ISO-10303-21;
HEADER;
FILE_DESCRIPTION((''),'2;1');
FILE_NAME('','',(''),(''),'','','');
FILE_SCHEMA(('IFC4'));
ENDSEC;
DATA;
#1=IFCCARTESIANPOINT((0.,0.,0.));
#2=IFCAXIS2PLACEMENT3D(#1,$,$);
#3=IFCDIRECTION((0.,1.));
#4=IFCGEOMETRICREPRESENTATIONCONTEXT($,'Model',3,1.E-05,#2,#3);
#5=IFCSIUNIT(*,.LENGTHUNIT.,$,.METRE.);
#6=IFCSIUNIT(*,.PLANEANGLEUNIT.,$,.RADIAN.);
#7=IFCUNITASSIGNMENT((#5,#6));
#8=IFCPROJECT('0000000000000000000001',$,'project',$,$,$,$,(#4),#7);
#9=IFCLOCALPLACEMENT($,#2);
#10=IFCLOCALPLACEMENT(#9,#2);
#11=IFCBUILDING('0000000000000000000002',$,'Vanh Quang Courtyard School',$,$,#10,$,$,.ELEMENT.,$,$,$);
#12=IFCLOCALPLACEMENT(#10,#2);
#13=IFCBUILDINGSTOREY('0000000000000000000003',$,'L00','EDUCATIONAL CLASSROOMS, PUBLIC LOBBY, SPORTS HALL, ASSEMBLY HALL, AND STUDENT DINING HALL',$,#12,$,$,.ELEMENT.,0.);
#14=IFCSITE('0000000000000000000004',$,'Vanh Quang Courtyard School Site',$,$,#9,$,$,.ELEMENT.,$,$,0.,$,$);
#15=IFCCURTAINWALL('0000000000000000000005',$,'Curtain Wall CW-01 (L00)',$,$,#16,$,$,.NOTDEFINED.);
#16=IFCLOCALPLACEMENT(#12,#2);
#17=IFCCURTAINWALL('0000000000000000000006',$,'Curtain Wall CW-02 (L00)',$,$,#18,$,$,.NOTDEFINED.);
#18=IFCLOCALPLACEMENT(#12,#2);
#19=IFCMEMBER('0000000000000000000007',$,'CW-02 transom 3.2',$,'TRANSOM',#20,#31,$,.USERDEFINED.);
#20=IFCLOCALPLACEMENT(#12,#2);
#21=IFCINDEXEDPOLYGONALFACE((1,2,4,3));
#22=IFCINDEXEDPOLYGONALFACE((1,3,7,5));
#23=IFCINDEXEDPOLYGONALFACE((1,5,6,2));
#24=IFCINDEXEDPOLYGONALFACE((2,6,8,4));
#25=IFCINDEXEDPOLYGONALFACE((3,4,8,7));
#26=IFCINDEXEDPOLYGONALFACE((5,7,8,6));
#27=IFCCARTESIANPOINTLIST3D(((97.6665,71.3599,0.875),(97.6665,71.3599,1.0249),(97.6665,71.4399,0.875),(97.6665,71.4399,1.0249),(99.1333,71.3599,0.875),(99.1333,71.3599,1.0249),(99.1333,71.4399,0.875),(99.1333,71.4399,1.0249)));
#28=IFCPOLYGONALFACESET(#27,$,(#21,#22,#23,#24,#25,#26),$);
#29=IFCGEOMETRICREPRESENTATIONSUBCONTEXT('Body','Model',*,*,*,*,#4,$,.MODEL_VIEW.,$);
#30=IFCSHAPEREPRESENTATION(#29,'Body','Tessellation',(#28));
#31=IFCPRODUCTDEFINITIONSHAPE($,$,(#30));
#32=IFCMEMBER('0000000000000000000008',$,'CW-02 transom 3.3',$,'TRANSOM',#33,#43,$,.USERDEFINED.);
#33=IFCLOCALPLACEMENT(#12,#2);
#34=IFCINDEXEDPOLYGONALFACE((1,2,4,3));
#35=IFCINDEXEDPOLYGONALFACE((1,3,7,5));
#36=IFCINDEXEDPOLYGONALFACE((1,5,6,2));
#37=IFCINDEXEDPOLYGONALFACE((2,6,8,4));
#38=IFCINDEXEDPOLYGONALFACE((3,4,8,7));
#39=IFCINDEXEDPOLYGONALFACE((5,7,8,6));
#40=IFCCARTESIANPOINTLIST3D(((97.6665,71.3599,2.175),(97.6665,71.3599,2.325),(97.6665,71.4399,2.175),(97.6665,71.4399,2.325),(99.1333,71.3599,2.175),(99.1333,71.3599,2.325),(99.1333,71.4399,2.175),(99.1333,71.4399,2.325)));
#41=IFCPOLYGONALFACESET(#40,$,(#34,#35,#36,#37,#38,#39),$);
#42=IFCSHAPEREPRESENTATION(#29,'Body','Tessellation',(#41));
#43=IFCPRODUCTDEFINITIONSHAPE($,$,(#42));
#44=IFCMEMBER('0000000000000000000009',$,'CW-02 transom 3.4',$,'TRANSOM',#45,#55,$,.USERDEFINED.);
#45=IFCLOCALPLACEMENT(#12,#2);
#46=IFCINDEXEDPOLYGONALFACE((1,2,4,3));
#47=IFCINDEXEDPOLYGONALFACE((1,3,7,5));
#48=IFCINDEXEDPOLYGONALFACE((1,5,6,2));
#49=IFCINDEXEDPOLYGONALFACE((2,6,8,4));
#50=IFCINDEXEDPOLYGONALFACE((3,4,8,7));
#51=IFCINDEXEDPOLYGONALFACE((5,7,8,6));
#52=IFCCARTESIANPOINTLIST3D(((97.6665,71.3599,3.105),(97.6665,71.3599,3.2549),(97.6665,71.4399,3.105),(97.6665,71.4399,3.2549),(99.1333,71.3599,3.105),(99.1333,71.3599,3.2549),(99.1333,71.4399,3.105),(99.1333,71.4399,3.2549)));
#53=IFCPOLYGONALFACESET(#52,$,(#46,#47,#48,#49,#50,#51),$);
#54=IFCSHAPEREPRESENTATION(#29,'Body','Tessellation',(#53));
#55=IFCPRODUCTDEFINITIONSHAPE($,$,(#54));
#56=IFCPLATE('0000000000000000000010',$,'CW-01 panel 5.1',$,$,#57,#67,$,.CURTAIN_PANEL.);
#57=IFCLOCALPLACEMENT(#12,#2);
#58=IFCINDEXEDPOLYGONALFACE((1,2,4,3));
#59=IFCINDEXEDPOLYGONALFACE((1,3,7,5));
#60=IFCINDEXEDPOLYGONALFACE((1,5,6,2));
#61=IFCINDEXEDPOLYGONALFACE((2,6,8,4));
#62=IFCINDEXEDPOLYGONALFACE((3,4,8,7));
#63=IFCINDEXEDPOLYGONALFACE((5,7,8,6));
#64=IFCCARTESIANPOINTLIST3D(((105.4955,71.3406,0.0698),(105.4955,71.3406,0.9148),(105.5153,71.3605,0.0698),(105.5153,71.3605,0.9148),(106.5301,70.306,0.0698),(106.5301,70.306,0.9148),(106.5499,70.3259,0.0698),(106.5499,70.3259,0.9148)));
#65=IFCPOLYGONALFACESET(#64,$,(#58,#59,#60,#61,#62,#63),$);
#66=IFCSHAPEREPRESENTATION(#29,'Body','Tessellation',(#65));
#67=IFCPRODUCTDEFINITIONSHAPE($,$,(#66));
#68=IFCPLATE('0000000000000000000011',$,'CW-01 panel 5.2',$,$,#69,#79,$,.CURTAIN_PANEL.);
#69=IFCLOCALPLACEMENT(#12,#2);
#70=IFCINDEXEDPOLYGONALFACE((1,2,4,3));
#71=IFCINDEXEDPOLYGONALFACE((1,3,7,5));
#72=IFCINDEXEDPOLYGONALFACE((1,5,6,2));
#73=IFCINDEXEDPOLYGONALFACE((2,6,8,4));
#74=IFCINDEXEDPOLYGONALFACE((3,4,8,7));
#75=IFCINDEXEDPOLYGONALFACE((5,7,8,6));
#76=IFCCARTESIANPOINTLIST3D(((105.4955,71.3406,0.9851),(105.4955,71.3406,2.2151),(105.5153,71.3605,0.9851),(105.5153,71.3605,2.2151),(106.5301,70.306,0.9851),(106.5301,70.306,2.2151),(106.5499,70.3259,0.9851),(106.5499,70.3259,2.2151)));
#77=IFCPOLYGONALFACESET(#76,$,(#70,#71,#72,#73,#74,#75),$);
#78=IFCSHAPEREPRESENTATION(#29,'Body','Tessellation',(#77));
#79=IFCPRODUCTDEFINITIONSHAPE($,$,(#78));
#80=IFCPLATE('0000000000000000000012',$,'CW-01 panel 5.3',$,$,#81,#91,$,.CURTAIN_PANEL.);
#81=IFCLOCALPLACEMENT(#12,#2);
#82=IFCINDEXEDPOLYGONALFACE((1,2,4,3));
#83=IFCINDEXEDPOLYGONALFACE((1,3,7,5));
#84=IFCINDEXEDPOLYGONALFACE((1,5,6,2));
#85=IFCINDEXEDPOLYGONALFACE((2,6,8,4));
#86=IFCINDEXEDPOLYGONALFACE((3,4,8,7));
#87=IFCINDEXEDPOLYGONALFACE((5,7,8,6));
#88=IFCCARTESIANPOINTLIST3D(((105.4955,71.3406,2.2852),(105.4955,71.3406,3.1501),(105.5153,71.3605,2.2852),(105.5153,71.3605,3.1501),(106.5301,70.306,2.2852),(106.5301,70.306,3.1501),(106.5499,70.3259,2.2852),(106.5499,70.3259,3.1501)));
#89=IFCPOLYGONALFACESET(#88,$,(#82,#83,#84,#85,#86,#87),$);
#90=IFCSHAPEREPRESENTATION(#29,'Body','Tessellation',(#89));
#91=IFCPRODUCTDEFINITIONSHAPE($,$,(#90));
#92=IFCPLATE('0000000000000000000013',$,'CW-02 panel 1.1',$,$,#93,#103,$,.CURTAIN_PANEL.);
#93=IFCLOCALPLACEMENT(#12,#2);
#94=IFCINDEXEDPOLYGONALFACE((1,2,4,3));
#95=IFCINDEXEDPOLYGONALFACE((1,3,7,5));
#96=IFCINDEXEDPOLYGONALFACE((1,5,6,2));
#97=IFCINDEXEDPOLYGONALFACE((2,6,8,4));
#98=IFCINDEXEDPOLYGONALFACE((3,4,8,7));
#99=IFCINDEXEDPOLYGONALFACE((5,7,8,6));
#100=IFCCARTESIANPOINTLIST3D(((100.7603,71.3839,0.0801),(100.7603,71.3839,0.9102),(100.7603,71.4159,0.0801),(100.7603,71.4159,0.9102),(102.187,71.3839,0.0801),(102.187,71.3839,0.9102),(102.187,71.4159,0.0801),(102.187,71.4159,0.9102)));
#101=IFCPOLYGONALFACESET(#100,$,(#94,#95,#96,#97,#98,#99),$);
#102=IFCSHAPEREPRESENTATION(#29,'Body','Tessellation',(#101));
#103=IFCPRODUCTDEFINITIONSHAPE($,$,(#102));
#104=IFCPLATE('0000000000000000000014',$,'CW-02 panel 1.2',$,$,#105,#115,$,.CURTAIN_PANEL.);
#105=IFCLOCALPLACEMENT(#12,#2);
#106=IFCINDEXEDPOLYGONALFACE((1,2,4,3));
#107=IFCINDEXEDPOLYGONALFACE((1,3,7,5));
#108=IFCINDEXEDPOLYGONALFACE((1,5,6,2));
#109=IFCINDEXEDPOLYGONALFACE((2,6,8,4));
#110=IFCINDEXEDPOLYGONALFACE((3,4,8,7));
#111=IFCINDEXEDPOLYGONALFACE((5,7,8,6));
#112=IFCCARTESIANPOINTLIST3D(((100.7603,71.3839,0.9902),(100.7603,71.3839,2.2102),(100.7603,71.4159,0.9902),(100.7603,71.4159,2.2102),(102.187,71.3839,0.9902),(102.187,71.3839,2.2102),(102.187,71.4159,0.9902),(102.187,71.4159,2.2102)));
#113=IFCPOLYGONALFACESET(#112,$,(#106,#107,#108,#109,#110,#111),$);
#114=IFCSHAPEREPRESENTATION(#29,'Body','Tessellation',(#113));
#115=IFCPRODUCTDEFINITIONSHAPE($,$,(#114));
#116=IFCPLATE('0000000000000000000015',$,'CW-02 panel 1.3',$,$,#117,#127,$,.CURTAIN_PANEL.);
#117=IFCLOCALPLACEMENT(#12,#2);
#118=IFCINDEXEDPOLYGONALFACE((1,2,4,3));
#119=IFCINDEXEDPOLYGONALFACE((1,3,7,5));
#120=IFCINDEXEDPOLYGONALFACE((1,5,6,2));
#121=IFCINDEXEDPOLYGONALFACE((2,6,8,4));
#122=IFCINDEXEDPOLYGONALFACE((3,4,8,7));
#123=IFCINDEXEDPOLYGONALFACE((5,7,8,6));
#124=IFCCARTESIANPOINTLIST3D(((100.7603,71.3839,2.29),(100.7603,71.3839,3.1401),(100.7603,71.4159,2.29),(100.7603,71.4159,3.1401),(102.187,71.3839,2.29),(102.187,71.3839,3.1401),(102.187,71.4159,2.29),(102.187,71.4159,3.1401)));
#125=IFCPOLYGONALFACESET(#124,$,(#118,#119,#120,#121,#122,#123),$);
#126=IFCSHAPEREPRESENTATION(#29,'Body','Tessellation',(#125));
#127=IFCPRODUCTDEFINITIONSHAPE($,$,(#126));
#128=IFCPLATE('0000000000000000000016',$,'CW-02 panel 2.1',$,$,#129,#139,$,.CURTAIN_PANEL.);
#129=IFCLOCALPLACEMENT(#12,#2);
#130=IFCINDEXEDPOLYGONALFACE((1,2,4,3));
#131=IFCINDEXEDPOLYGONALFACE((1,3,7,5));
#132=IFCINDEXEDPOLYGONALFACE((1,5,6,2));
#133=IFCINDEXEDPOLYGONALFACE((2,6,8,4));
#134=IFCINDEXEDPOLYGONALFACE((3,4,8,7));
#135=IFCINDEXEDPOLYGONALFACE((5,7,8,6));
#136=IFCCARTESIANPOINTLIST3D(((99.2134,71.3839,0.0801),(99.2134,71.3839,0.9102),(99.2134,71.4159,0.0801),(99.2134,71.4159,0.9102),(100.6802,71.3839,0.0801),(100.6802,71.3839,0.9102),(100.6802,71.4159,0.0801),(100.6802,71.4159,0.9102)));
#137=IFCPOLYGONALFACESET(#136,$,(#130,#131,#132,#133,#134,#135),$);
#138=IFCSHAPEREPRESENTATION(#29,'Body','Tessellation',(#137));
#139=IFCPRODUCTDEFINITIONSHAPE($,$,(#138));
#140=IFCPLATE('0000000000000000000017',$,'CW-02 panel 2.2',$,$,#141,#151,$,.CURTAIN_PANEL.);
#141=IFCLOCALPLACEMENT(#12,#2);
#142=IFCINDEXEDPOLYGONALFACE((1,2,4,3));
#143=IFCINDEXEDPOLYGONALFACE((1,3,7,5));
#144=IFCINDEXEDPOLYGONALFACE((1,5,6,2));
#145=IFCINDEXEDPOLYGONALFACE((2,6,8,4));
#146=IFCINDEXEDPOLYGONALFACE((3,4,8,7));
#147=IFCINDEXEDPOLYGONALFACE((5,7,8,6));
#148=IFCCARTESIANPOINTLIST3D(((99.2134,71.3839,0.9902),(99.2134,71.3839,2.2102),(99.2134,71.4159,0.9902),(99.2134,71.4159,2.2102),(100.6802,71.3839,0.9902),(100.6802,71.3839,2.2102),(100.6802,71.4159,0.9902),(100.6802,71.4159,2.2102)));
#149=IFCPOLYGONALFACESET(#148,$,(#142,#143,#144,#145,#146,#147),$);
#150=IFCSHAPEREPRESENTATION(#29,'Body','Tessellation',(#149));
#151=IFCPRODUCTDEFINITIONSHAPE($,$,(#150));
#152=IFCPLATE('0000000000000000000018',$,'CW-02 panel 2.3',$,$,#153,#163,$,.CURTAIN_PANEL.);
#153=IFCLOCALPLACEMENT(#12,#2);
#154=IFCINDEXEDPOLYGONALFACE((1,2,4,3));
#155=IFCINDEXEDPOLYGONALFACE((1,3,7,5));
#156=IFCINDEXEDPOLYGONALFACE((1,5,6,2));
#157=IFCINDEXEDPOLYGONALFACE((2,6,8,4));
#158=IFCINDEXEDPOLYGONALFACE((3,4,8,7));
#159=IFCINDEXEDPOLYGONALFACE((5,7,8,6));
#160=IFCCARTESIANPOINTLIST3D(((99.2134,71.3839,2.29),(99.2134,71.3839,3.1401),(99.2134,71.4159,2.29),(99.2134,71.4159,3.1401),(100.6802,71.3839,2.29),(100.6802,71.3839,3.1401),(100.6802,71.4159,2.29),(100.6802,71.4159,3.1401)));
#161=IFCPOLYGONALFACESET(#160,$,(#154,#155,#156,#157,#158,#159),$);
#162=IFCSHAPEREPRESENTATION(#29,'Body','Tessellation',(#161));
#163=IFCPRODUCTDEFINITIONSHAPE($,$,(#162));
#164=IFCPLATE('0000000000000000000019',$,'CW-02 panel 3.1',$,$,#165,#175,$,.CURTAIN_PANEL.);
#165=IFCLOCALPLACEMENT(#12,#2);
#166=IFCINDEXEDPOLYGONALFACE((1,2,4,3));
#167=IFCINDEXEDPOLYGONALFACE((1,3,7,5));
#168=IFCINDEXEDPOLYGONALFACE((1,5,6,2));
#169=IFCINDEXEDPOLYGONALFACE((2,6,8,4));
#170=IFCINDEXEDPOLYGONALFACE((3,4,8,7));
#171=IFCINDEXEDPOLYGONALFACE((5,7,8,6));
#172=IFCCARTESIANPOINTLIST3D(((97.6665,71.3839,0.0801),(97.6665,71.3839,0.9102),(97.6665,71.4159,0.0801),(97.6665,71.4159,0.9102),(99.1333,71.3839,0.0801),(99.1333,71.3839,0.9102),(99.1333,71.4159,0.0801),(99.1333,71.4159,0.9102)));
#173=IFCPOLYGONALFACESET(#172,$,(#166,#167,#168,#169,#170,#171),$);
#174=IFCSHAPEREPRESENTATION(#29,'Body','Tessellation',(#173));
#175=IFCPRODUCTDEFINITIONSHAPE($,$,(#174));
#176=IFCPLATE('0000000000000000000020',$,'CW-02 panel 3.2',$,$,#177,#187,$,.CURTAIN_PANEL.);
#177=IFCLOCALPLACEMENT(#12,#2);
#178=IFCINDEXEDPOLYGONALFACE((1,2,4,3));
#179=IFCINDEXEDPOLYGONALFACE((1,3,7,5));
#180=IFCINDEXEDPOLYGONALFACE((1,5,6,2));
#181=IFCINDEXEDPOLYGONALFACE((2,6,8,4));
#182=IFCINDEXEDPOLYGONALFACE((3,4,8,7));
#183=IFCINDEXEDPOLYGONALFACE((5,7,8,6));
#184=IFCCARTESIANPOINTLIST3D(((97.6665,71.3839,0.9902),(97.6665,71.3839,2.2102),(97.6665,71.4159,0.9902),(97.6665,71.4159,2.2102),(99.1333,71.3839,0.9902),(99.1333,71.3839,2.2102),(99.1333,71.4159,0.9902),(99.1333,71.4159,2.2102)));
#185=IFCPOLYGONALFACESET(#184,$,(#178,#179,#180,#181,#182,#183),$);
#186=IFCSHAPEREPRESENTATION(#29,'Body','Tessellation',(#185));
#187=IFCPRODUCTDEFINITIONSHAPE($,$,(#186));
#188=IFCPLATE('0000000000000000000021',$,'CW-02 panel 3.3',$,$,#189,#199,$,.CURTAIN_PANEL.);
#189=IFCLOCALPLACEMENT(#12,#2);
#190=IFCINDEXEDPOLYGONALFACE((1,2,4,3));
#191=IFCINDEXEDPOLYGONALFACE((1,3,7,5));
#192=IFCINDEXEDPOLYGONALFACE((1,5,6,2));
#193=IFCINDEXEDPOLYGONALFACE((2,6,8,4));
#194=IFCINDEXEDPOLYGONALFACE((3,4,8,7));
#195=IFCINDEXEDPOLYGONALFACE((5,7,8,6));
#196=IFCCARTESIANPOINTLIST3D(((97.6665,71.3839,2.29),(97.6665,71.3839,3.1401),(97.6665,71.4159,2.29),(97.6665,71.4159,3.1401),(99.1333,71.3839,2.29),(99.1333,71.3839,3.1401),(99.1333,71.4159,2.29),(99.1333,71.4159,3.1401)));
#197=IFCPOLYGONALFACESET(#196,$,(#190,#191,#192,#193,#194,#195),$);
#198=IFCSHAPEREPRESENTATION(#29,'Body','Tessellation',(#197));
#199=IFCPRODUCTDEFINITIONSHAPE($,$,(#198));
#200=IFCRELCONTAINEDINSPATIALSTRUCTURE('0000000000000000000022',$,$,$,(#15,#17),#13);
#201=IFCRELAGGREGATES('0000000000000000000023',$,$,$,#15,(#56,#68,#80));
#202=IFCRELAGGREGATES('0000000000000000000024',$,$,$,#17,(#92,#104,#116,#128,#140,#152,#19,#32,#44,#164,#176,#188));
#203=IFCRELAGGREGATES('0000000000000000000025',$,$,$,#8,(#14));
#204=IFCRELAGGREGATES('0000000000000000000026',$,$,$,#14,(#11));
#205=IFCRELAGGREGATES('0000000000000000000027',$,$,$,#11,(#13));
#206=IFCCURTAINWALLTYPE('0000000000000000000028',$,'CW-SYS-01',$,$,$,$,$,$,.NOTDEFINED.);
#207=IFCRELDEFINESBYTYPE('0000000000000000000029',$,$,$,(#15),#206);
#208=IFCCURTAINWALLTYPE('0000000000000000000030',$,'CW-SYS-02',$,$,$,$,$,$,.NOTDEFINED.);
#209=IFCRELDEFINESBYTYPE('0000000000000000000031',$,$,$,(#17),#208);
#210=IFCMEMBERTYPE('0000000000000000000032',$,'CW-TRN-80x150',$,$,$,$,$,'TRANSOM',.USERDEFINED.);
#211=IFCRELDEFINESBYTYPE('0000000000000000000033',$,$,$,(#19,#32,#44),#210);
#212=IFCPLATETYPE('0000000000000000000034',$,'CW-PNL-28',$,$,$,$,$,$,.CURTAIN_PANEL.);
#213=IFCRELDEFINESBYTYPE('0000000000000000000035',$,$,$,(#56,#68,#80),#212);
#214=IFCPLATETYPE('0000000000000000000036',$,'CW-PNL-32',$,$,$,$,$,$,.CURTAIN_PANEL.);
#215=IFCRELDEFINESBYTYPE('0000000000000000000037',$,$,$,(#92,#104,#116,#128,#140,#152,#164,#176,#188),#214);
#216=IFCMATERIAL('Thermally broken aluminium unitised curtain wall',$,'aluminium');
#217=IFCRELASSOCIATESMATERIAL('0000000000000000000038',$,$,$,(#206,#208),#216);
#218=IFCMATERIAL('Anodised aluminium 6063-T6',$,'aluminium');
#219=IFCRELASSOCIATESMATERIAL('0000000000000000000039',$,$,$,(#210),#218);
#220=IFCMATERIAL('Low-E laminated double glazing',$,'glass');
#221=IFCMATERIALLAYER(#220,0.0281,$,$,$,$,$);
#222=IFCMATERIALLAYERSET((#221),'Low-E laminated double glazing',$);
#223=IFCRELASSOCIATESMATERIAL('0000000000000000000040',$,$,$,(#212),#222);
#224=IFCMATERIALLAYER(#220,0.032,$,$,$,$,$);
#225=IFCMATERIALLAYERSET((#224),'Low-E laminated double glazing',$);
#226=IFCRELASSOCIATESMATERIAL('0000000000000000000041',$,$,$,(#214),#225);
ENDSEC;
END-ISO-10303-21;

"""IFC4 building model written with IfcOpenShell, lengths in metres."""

from ifc_helpers import new_model, si_unit, direction, frame, origin, origin_2d, place, context, subcontext, project, spatial, rectangle, extrude, material, layer, layer_set, material_profile, profile_set, type_object, element, aggregate, save


model = new_model("IFC4")

# Units and contexts
model_context = context("Model", 3, precision=1e-05, world=origin(), true_north=direction((0.0, 1.0)))
body_context = subcontext(model_context, "Body", "Model", "MODEL_VIEW")
ifc_project = project(units=[si_unit("LENGTHUNIT", "METRE"), si_unit("PLANEANGLEUNIT", "RADIAN")], contexts=[model_context])

# Site, building, storey
site_placement = place(None, origin())
site = spatial("IfcSite", under=ifc_project, at=site_placement, Name="Vanh Quang Courtyard School Site", CompositionType="ELEMENT", RefElevation=0.0)
building_placement = place(site_placement, origin())
building = spatial("IfcBuilding", under=site, at=building_placement, Name="Vanh Quang Courtyard School", CompositionType="ELEMENT")
storey_placement = place(building_placement, origin())
storey = spatial("IfcBuildingStorey", under=building, at=storey_placement, Name="L00", Description="EDUCATIONAL CLASSROOMS, PUBLIC LOBBY, SPORTS HALL, ASSEMBLY HALL, AND STUDENT DINING HALL", CompositionType="ELEMENT", Elevation=0.0)

# Curtain wall
ifc_material_1 = material(Name="Thermally broken aluminium unitised curtain wall", Category="aluminium")
curtain_wall_type_1 = type_object("IfcCurtainWallType", Name="CW-SYS-01", PredefinedType="NOTDEFINED", material=ifc_material_1)
curtain_wall_1_placement = place(storey_placement, origin())
curtain_wall_1 = element("IfcCurtainWall", 1, at=curtain_wall_1_placement, inside=storey, type_object=curtain_wall_type_1, Name="Curtain Wall CW-01 (L00)", PredefinedType="NOTDEFINED")
ifc_material_2 = material(Name="Anodised aluminium 6063-T6", Category="aluminium")

# Curtain wall
curtain_wall_type_2 = type_object("IfcCurtainWallType", Name="CW-SYS-02", PredefinedType="NOTDEFINED", material=ifc_material_1)
curtain_wall_2_placement = place(storey_placement, origin())
curtain_wall_2 = element("IfcCurtainWall", 2, at=curtain_wall_2_placement, inside=storey, type_object=curtain_wall_type_2, Name="Curtain Wall CW-02 (L00)", PredefinedType="NOTDEFINED")

# Members
ifc_material_profile_1 = material_profile(ifc_material_2, rectangle(XDim=0.0801, YDim=0.1499, at=origin_2d()), Name="ALU-TRN 80x150")
ifc_profile_set_1 = profile_set([ifc_material_profile_1], Name="Anodised aluminium 6063-T6")
member_type_1 = type_object("IfcMemberType", Name="CW-TRN-80x150", ElementType="TRANSOM", PredefinedType="USERDEFINED", material=ifc_profile_set_1)
member_1_placement = place(storey_placement, frame((99.1333, 71.3999, 0.95), z_axis=(-1.0, 0.0, 0.0), x_axis=(0.0, -1.0, 0.0)))
member_1 = element("IfcMember", 3, at=member_1_placement, type_object=member_type_1, Name="CW-02 transom 3.2", ObjectType="TRANSOM", PredefinedType="USERDEFINED", context=body_context, shape_type="SweptSolid", body=[
    extrude(rectangle(XDim=0.0801, YDim=0.1499, at=origin_2d()), origin(), (0.0, 0.0, 1.0), 1.4668),
])
member_2_placement = place(storey_placement, frame((99.1333, 71.3999, 2.25), z_axis=(-1.0, 0.0, 0.0), x_axis=(0.0, -1.0, 0.0)))
member_2 = element("IfcMember", 4, at=member_2_placement, type_object=member_type_1, Name="CW-02 transom 3.3", ObjectType="TRANSOM", PredefinedType="USERDEFINED", context=body_context, shape_type="SweptSolid", body=[
    extrude(rectangle(XDim=0.0801, YDim=0.1499, at=origin_2d()), origin(), (0.0, 0.0, 1.0), 1.4668),
])
member_3_placement = place(storey_placement, frame((99.1333, 71.3999, 3.1799), z_axis=(-1.0, 0.0, 0.0), x_axis=(0.0, -1.0, 0.0)))
member_3 = element("IfcMember", 5, at=member_3_placement, type_object=member_type_1, Name="CW-02 transom 3.4", ObjectType="TRANSOM", PredefinedType="USERDEFINED", context=body_context, shape_type="SweptSolid", body=[
    extrude(rectangle(XDim=0.0801, YDim=0.1499, at=origin_2d()), origin(), (0.0, 0.0, 1.0), 1.4668),
])

# Plates
ifc_material_3 = material(Name="Low-E laminated double glazing", Category="glass")
ifc_layer_1 = layer(ifc_material_3, 0.0281)
ifc_layer_set_1 = layer_set([ifc_layer_1], Name="Low-E laminated double glazing")
plate_type_1 = type_object("IfcPlateType", Name="CW-PNL-28", PredefinedType="CURTAIN_PANEL", material=ifc_layer_set_1)
plate_1_placement = place(storey_placement, frame((106.0227, 70.8333, 0.0698), z_axis=(0.0, 0.0, 1.0), x_axis=(-0.707107, 0.707107, 0.0)))
plate_1 = element("IfcPlate", 6, at=plate_1_placement, type_object=plate_type_1, Name="CW-01 panel 5.1", PredefinedType="CURTAIN_PANEL", context=body_context, shape_type="SweptSolid", body=[
    extrude(rectangle(XDim=1.4631, YDim=0.0281, at=origin_2d()), origin(), (0.0, 0.0, 1.0), 0.845),
])
plate_2_placement = place(storey_placement, frame((106.0227, 70.8333, 0.9851), z_axis=(0.0, 0.0, 1.0), x_axis=(-0.707107, 0.707107, 0.0)))
plate_2 = element("IfcPlate", 7, at=plate_2_placement, type_object=plate_type_1, Name="CW-01 panel 5.2", PredefinedType="CURTAIN_PANEL", context=body_context, shape_type="SweptSolid", body=[
    extrude(rectangle(XDim=1.4631, YDim=0.0281, at=origin_2d()), origin(), (0.0, 0.0, 1.0), 1.23),
])
plate_3_placement = place(storey_placement, frame((106.0227, 70.8333, 2.2852), z_axis=(0.0, 0.0, 1.0), x_axis=(-0.707107, 0.707107, 0.0)))
plate_3 = element("IfcPlate", 8, at=plate_3_placement, type_object=plate_type_1, Name="CW-01 panel 5.3", PredefinedType="CURTAIN_PANEL", context=body_context, shape_type="SweptSolid", body=[
    extrude(rectangle(XDim=1.4631, YDim=0.0281, at=origin_2d()), origin(), (0.0, 0.0, 1.0), 0.865),
])
aggregate(curtain_wall_1, [plate_1, plate_2, plate_3])
ifc_layer_2 = layer(ifc_material_3, 0.032)
ifc_layer_set_2 = layer_set([ifc_layer_2], Name="Low-E laminated double glazing")
plate_type_2 = type_object("IfcPlateType", Name="CW-PNL-32", PredefinedType="CURTAIN_PANEL", material=ifc_layer_set_2)
plate_4_placement = place(storey_placement, frame((101.4736, 71.3999, 0.0801), z_axis=(0.0, 0.0, 1.0), x_axis=(-1.0, 0.0, 0.0)))
plate_4 = element("IfcPlate", 9, at=plate_4_placement, type_object=plate_type_2, Name="CW-02 panel 1.1", PredefinedType="CURTAIN_PANEL", context=body_context, shape_type="SweptSolid", body=[
    extrude(rectangle(XDim=1.4268, YDim=0.032, at=origin_2d()), origin(), (0.0, 0.0, 1.0), 0.8301),
])
plate_5_placement = place(storey_placement, frame((101.4736, 71.3999, 0.9902), z_axis=(0.0, 0.0, 1.0), x_axis=(-1.0, 0.0, 0.0)))
plate_5 = element("IfcPlate", 10, at=plate_5_placement, type_object=plate_type_2, Name="CW-02 panel 1.2", PredefinedType="CURTAIN_PANEL", context=body_context, shape_type="SweptSolid", body=[
    extrude(rectangle(XDim=1.4268, YDim=0.032, at=origin_2d()), origin(), (0.0, 0.0, 1.0), 1.22),
])
plate_6_placement = place(storey_placement, frame((101.4736, 71.3999, 2.29), z_axis=(0.0, 0.0, 1.0), x_axis=(-1.0, 0.0, 0.0)))
plate_6 = element("IfcPlate", 11, at=plate_6_placement, type_object=plate_type_2, Name="CW-02 panel 1.3", PredefinedType="CURTAIN_PANEL", context=body_context, shape_type="SweptSolid", body=[
    extrude(rectangle(XDim=1.4268, YDim=0.032, at=origin_2d()), origin(), (0.0, 0.0, 1.0), 0.8501),
])
plate_7_placement = place(storey_placement, frame((99.9468, 71.3999, 0.0801), z_axis=(0.0, 0.0, 1.0), x_axis=(-1.0, 0.0, 0.0)))
plate_7 = element("IfcPlate", 12, at=plate_7_placement, type_object=plate_type_2, Name="CW-02 panel 2.1", PredefinedType="CURTAIN_PANEL", context=body_context, shape_type="SweptSolid", body=[
    extrude(rectangle(XDim=1.4668, YDim=0.032, at=origin_2d()), origin(), (0.0, 0.0, 1.0), 0.8301),
])
plate_8_placement = place(storey_placement, frame((99.9468, 71.3999, 0.9902), z_axis=(0.0, 0.0, 1.0), x_axis=(-1.0, 0.0, 0.0)))
plate_8 = element("IfcPlate", 13, at=plate_8_placement, type_object=plate_type_2, Name="CW-02 panel 2.2", PredefinedType="CURTAIN_PANEL", context=body_context, shape_type="SweptSolid", body=[
    extrude(rectangle(XDim=1.4668, YDim=0.032, at=origin_2d()), origin(), (0.0, 0.0, 1.0), 1.22),
])
plate_9_placement = place(storey_placement, frame((99.9468, 71.3999, 2.29), z_axis=(0.0, 0.0, 1.0), x_axis=(-1.0, 0.0, 0.0)))
plate_9 = element("IfcPlate", 14, at=plate_9_placement, type_object=plate_type_2, Name="CW-02 panel 2.3", PredefinedType="CURTAIN_PANEL", context=body_context, shape_type="SweptSolid", body=[
    extrude(rectangle(XDim=1.4668, YDim=0.032, at=origin_2d()), origin(), (0.0, 0.0, 1.0), 0.8501),
])
plate_10_placement = place(storey_placement, frame((98.3999, 71.3999, 0.0801), z_axis=(0.0, 0.0, 1.0), x_axis=(-1.0, 0.0, 0.0)))
plate_10 = element("IfcPlate", 15, at=plate_10_placement, type_object=plate_type_2, Name="CW-02 panel 3.1", PredefinedType="CURTAIN_PANEL", context=body_context, shape_type="SweptSolid", body=[
    extrude(rectangle(XDim=1.4668, YDim=0.032, at=origin_2d()), origin(), (0.0, 0.0, 1.0), 0.8301),
])
plate_11_placement = place(storey_placement, frame((98.3999, 71.3999, 0.9902), z_axis=(0.0, 0.0, 1.0), x_axis=(-1.0, 0.0, 0.0)))
plate_11 = element("IfcPlate", 16, at=plate_11_placement, type_object=plate_type_2, Name="CW-02 panel 3.2", PredefinedType="CURTAIN_PANEL", context=body_context, shape_type="SweptSolid", body=[
    extrude(rectangle(XDim=1.4668, YDim=0.032, at=origin_2d()), origin(), (0.0, 0.0, 1.0), 1.22),
])
plate_12_placement = place(storey_placement, frame((98.3999, 71.3999, 2.29), z_axis=(0.0, 0.0, 1.0), x_axis=(-1.0, 0.0, 0.0)))
plate_12 = element("IfcPlate", 17, at=plate_12_placement, type_object=plate_type_2, Name="CW-02 panel 3.3", PredefinedType="CURTAIN_PANEL", context=body_context, shape_type="SweptSolid", body=[
    extrude(rectangle(XDim=1.4668, YDim=0.032, at=origin_2d()), origin(), (0.0, 0.0, 1.0), 0.8501),
])
aggregate(curtain_wall_2, [plate_4, plate_5, plate_6, plate_7, plate_8, plate_9, member_1, member_2, member_3, plate_10, plate_11, plate_12])

save(model, "model.ifc")
